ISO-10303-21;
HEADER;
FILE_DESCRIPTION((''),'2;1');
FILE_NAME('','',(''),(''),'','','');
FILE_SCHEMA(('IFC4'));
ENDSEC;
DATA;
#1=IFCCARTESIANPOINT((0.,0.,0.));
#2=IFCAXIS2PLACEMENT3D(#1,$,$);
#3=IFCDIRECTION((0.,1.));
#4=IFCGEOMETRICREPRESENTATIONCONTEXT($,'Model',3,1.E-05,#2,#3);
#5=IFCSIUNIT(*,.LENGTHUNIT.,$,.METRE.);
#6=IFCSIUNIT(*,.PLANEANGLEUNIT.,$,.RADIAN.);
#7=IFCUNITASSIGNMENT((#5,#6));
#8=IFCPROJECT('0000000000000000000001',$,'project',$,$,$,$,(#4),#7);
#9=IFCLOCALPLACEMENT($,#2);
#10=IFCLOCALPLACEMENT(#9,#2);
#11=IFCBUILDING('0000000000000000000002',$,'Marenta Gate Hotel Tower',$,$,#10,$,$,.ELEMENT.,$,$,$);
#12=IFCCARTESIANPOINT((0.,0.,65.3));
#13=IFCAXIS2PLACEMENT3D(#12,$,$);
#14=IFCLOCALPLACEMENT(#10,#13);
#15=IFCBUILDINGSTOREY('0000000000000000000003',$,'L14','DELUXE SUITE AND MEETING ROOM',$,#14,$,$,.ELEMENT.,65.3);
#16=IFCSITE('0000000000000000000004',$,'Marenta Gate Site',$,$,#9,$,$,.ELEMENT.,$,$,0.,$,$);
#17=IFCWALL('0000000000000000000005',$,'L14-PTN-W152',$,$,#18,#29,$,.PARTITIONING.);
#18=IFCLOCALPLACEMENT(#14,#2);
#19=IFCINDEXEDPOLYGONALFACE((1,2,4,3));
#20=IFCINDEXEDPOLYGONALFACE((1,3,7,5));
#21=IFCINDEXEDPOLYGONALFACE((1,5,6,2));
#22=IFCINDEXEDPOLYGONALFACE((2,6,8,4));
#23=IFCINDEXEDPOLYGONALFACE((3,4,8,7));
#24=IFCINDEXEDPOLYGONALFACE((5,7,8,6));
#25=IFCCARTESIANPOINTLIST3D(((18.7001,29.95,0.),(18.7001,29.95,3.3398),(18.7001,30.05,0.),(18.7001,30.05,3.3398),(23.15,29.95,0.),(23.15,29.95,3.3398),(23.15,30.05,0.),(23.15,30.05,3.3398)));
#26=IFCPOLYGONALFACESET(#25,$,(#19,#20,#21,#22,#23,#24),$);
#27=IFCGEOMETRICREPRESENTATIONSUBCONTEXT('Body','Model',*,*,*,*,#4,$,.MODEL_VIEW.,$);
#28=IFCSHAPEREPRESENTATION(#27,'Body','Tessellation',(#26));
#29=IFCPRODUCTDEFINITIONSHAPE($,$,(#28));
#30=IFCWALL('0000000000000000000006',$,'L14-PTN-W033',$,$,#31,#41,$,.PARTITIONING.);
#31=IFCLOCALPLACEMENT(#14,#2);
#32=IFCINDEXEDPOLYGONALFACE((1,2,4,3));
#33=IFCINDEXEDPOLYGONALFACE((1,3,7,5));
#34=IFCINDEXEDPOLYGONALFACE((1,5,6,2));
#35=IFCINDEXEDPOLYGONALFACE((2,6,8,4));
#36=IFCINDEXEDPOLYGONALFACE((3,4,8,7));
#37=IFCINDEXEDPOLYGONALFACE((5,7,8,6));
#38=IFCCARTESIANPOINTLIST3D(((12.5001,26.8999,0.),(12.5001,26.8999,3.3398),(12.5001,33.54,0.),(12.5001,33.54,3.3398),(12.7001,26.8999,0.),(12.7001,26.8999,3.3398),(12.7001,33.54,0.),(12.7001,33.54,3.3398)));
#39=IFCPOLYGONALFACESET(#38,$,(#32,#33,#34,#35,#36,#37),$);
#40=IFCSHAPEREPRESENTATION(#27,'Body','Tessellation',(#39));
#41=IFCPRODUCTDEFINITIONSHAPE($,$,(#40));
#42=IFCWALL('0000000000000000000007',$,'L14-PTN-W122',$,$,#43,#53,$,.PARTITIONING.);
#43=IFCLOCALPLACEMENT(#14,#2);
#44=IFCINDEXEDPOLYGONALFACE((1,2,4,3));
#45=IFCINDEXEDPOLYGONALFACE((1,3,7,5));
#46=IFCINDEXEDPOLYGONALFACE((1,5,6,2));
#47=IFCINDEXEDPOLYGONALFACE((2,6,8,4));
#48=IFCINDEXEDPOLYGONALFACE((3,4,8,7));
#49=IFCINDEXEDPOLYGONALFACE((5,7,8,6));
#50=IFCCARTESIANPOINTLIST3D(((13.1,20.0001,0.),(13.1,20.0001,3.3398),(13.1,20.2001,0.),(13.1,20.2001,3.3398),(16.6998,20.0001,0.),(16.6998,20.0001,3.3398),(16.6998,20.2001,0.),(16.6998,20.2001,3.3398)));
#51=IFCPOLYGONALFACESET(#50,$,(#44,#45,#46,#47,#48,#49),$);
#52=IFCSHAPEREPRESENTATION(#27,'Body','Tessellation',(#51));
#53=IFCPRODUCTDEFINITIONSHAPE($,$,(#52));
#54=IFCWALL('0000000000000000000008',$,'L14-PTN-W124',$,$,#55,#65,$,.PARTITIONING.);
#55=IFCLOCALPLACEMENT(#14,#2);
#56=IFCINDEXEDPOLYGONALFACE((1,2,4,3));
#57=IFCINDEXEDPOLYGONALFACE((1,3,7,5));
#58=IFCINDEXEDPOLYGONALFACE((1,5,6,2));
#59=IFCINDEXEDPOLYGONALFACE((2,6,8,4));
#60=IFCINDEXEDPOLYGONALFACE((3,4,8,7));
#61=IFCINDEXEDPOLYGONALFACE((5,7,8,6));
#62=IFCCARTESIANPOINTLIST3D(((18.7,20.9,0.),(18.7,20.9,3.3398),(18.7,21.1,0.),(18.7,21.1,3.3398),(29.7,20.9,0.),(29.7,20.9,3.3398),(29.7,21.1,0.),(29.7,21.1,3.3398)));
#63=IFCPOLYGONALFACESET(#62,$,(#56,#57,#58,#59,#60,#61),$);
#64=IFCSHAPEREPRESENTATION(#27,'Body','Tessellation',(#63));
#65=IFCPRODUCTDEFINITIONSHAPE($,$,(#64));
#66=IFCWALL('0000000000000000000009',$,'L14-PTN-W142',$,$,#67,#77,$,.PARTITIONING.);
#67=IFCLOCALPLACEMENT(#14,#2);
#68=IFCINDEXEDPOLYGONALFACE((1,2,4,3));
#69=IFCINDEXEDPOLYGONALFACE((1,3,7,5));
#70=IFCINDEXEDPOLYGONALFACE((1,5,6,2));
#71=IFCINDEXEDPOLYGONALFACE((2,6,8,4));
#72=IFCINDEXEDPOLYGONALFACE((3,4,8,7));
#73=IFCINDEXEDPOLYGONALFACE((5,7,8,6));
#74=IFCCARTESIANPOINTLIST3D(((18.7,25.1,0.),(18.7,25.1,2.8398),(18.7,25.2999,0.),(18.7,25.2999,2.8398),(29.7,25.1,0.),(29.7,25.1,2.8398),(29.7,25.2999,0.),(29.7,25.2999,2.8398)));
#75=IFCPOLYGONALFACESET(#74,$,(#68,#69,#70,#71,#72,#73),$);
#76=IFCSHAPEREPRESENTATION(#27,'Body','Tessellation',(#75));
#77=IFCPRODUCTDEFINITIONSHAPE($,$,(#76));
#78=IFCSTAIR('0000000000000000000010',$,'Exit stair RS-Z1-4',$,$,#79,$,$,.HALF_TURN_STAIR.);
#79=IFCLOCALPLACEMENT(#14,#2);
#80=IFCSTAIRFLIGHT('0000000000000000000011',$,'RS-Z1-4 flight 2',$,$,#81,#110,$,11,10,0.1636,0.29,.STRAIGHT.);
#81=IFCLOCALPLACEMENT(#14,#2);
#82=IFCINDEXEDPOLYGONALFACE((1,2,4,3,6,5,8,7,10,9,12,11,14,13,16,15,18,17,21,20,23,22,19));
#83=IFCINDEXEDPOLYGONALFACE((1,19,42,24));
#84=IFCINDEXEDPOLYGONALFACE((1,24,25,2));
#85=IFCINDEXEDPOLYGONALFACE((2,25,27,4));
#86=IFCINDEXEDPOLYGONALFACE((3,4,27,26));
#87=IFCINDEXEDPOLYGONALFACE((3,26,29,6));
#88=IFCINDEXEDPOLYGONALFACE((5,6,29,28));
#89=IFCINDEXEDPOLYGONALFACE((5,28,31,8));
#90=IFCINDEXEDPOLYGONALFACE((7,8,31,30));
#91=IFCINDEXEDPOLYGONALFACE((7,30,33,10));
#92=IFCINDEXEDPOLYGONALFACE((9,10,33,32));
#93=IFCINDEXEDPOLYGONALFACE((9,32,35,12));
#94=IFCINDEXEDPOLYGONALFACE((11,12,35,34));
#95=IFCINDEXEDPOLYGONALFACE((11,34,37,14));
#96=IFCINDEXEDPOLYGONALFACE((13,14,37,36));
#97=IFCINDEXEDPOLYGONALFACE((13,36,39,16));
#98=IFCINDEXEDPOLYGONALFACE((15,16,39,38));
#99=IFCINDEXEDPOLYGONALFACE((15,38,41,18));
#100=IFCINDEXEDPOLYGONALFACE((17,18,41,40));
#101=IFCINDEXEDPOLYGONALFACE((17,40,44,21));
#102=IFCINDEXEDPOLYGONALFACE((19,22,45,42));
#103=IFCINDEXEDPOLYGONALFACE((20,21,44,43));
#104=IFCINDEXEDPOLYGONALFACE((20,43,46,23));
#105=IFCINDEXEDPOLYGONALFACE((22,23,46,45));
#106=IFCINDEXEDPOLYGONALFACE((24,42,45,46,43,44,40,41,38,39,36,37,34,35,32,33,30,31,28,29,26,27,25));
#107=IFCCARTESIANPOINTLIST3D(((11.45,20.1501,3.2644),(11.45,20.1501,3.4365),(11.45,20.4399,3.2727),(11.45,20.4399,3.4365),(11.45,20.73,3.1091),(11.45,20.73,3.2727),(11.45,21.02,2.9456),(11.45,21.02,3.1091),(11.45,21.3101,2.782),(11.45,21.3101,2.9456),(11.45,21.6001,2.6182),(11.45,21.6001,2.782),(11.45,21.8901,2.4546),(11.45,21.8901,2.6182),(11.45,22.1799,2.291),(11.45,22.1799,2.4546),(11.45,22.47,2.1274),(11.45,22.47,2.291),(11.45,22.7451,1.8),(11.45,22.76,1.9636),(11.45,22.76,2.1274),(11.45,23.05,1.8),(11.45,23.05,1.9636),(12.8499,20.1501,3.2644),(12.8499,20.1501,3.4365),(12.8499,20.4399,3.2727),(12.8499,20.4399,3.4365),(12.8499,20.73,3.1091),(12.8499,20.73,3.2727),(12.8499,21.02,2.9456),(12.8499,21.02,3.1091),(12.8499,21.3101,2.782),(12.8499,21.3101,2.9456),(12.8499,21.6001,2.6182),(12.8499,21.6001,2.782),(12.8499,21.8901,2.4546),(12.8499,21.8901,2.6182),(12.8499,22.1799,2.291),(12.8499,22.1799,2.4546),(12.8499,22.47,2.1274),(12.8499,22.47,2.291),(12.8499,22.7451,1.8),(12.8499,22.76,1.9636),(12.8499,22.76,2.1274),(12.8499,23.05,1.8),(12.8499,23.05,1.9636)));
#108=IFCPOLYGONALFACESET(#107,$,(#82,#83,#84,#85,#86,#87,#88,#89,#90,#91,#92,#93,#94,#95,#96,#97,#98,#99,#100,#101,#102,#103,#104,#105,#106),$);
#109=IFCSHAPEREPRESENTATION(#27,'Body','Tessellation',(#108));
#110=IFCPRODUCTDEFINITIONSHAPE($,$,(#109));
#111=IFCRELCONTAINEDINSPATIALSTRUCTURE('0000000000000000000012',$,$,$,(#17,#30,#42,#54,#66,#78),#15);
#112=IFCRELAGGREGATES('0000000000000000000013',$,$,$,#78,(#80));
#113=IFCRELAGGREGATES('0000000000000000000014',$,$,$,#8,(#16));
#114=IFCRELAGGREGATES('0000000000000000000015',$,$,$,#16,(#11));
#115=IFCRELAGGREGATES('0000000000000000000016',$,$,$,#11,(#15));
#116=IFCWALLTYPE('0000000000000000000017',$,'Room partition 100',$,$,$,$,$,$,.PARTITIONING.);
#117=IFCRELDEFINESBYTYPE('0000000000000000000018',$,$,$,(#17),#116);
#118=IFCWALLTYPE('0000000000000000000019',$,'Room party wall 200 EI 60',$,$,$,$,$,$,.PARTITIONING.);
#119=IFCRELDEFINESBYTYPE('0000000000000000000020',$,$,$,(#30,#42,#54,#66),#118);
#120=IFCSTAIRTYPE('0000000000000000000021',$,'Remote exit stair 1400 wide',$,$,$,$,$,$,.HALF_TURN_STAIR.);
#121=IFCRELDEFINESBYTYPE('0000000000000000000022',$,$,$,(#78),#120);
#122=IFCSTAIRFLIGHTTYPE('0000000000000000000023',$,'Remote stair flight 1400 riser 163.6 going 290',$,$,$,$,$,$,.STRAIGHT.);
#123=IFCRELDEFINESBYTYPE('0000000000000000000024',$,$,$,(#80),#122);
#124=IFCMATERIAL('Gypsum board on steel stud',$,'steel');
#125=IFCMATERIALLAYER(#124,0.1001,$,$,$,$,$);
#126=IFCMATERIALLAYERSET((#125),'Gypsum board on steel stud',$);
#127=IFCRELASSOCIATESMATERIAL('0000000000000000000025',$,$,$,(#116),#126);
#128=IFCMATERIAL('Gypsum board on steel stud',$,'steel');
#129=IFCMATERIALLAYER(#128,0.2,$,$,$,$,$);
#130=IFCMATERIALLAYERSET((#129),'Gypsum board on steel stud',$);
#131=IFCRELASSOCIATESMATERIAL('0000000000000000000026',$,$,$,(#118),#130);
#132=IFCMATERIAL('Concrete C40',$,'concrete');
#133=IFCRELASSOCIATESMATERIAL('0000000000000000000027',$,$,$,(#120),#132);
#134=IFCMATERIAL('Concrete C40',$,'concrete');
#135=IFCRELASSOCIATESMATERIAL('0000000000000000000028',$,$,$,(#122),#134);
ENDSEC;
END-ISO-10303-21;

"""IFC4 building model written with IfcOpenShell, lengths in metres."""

from ifc_helpers import new_model, si_unit, direction, frame, frame_2d, origin, place, context, subcontext, project, spatial, polyline, rectangle, outline, extrude, material, layer, layer_set, type_object, element, aggregate, save


model = new_model("IFC4")

# Units and contexts
model_context = context("Model", 3, precision=1e-05, world=origin(), true_north=direction((0.0, 1.0)))
body_context = subcontext(model_context, "Body", "Model", "MODEL_VIEW")
ifc_project = project(units=[si_unit("LENGTHUNIT", "METRE"), si_unit("PLANEANGLEUNIT", "RADIAN")], contexts=[model_context])

# Site, building, storey
site_placement = place(None, origin())
site = spatial("IfcSite", under=ifc_project, at=site_placement, Name="Marenta Gate Site", CompositionType="ELEMENT", RefElevation=0.0)
building_placement = place(site_placement, origin())
building = spatial("IfcBuilding", under=site, at=building_placement, Name="Marenta Gate Hotel Tower", CompositionType="ELEMENT")
storey_placement = place(building_placement, frame((0.0, 0.0, 65.3)))
storey = spatial("IfcBuildingStorey", under=building, at=storey_placement, Name="L14", Description="DELUXE SUITE AND MEETING ROOM", CompositionType="ELEMENT", Elevation=65.3)

# Shared definitions
ifc_material_1 = material(Name="Gypsum board on steel stud", Category="steel")
ifc_layer_1 = layer(ifc_material_1, 0.1001)
ifc_layer_set_1 = layer_set([ifc_layer_1], Name="Gypsum board on steel stud")
wall_type_1 = type_object("IfcWallType", Name="Room partition 100", PredefinedType="PARTITIONING", material=ifc_layer_set_1)

# Walls
wall_1_placement = place(storey_placement, frame((18.7, 30.0, 0.0), z_axis=(0.0, 0.0, 1.0), x_axis=(1.0, 0.0, 0.0)))
element("IfcWall", 1, at=wall_1_placement, inside=storey, type_object=wall_type_1, Name="L14-PTN-W152", PredefinedType="PARTITIONING", context=body_context, shape_type="SweptSolid", body=[
    extrude(rectangle(XDim=4.45, YDim=0.1001, at=frame_2d((2.2251, 0.0))), origin(), (0.0, 0.0, 1.0), 3.3398),
])
ifc_material_2 = material(Name="Gypsum board on steel stud", Category="steel")
ifc_layer_2 = layer(ifc_material_2, 0.2)
ifc_layer_set_2 = layer_set([ifc_layer_2], Name="Gypsum board on steel stud")
wall_type_2 = type_object("IfcWallType", Name="Room party wall 200 EI 60", PredefinedType="PARTITIONING", material=ifc_layer_set_2)
wall_2_placement = place(storey_placement, frame((12.6001, 26.8999, 0.0), z_axis=(0.0, 0.0, 1.0), x_axis=(0.0, 1.0, 0.0)))
element("IfcWall", 2, at=wall_2_placement, inside=storey, type_object=wall_type_2, Name="L14-PTN-W033", PredefinedType="PARTITIONING", context=body_context, shape_type="SweptSolid", body=[
    extrude(rectangle(XDim=6.6401, YDim=0.2, at=frame_2d((3.3201, 0.0))), origin(), (0.0, 0.0, 1.0), 3.3398),
])
wall_3_placement = place(storey_placement, frame((13.1001, 20.1001, 0.0), z_axis=(0.0, 0.0, 1.0), x_axis=(1.0, 0.0, 0.0)))
element("IfcWall", 3, at=wall_3_placement, inside=storey, type_object=wall_type_2, Name="L14-PTN-W122", PredefinedType="PARTITIONING", context=body_context, shape_type="SweptSolid", body=[
    extrude(rectangle(XDim=3.5999, YDim=0.2, at=frame_2d((1.7998, 0.0))), origin(), (0.0, 0.0, 1.0), 3.3398),
])
wall_4_placement = place(storey_placement, frame((18.7, 21.0, 0.0), z_axis=(0.0, 0.0, 1.0), x_axis=(1.0, 0.0, 0.0)))
element("IfcWall", 4, at=wall_4_placement, inside=storey, type_object=wall_type_2, Name="L14-PTN-W124", PredefinedType="PARTITIONING", context=body_context, shape_type="SweptSolid", body=[
    extrude(rectangle(XDim=11.0, YDim=0.2, at=frame_2d((5.5, 0.0))), origin(), (0.0, 0.0, 1.0), 3.3398),
])
wall_5_placement = place(storey_placement, frame((18.7, 25.2, 0.0), z_axis=(0.0, 0.0, 1.0), x_axis=(1.0, 0.0, 0.0)))
element("IfcWall", 5, at=wall_5_placement, inside=storey, type_object=wall_type_2, Name="L14-PTN-W142", PredefinedType="PARTITIONING", context=body_context, shape_type="SweptSolid", body=[
    extrude(rectangle(XDim=11.0, YDim=0.2, at=frame_2d((5.5, 0.0))), origin(), (0.0, 0.0, 1.0), 2.8398),
])

# Stair, stair flight
ifc_material_3 = material(Name="Concrete C40", Category="concrete")
stair_type = type_object("IfcStairType", Name="Remote exit stair 1400 wide", PredefinedType="HALF_TURN_STAIR", material=ifc_material_3)
stair_placement = place(storey_placement, origin())
stair = element("IfcStair", 6, at=stair_placement, inside=storey, type_object=stair_type, Name="Exit stair RS-Z1-4", PredefinedType="HALF_TURN_STAIR")
ifc_material_4 = material(Name="Concrete C40", Category="concrete")
stair_flight_type = type_object("IfcStairFlightType", Name="Remote stair flight 1400 riser 163.6 going 290", PredefinedType="STRAIGHT", material=ifc_material_4)
stair_flight_placement = place(storey_placement, frame((12.1499, 23.05, 1.8), z_axis=(0.0, 0.0, 1.0), x_axis=(0.0, -1.0, 0.0)))
stair_flight = element("IfcStairFlight", 7, at=stair_flight_placement, type_object=stair_flight_type, Name="RS-Z1-4 flight 2", NumberOfRisers=11, NumberOfTreads=10, PredefinedType="STRAIGHT", RiserHeight=0.1636, TreadLength=0.29, context=body_context, shape_type="SweptSolid", body=[
    extrude(outline(polyline([(0.0, 0.0), (0.0, 0.1636), (0.29, 0.1636), (0.29, 0.3274), (0.5801, 0.3274), (0.5801, 0.491), (0.8701, 0.491), (0.8701, 0.6545), (1.1599, 0.6545), (1.1599, 0.8181), (1.45, 0.8181), (1.45, 0.9819), (1.74, 0.9819), (1.74, 1.1455), (2.03, 1.1455), (2.03, 1.3091), (2.3201, 1.3091), (2.3201, 1.4727), (2.6101, 1.4727), (2.6101, 1.6365), (2.8999, 1.6365), (2.8999, 1.8), (2.8999, 1.4644), (0.3049, 0.0), (0.0, 0.0)])), frame((0.0, 0.7, 0.0), z_axis=(0.0, -1.0, 0.0), x_axis=(1.0, 0.0, 0.0)), (0.0, 0.0, 1.0), 1.3999),
])
aggregate(stair, [stair_flight])

save(model, "model.ifc")
